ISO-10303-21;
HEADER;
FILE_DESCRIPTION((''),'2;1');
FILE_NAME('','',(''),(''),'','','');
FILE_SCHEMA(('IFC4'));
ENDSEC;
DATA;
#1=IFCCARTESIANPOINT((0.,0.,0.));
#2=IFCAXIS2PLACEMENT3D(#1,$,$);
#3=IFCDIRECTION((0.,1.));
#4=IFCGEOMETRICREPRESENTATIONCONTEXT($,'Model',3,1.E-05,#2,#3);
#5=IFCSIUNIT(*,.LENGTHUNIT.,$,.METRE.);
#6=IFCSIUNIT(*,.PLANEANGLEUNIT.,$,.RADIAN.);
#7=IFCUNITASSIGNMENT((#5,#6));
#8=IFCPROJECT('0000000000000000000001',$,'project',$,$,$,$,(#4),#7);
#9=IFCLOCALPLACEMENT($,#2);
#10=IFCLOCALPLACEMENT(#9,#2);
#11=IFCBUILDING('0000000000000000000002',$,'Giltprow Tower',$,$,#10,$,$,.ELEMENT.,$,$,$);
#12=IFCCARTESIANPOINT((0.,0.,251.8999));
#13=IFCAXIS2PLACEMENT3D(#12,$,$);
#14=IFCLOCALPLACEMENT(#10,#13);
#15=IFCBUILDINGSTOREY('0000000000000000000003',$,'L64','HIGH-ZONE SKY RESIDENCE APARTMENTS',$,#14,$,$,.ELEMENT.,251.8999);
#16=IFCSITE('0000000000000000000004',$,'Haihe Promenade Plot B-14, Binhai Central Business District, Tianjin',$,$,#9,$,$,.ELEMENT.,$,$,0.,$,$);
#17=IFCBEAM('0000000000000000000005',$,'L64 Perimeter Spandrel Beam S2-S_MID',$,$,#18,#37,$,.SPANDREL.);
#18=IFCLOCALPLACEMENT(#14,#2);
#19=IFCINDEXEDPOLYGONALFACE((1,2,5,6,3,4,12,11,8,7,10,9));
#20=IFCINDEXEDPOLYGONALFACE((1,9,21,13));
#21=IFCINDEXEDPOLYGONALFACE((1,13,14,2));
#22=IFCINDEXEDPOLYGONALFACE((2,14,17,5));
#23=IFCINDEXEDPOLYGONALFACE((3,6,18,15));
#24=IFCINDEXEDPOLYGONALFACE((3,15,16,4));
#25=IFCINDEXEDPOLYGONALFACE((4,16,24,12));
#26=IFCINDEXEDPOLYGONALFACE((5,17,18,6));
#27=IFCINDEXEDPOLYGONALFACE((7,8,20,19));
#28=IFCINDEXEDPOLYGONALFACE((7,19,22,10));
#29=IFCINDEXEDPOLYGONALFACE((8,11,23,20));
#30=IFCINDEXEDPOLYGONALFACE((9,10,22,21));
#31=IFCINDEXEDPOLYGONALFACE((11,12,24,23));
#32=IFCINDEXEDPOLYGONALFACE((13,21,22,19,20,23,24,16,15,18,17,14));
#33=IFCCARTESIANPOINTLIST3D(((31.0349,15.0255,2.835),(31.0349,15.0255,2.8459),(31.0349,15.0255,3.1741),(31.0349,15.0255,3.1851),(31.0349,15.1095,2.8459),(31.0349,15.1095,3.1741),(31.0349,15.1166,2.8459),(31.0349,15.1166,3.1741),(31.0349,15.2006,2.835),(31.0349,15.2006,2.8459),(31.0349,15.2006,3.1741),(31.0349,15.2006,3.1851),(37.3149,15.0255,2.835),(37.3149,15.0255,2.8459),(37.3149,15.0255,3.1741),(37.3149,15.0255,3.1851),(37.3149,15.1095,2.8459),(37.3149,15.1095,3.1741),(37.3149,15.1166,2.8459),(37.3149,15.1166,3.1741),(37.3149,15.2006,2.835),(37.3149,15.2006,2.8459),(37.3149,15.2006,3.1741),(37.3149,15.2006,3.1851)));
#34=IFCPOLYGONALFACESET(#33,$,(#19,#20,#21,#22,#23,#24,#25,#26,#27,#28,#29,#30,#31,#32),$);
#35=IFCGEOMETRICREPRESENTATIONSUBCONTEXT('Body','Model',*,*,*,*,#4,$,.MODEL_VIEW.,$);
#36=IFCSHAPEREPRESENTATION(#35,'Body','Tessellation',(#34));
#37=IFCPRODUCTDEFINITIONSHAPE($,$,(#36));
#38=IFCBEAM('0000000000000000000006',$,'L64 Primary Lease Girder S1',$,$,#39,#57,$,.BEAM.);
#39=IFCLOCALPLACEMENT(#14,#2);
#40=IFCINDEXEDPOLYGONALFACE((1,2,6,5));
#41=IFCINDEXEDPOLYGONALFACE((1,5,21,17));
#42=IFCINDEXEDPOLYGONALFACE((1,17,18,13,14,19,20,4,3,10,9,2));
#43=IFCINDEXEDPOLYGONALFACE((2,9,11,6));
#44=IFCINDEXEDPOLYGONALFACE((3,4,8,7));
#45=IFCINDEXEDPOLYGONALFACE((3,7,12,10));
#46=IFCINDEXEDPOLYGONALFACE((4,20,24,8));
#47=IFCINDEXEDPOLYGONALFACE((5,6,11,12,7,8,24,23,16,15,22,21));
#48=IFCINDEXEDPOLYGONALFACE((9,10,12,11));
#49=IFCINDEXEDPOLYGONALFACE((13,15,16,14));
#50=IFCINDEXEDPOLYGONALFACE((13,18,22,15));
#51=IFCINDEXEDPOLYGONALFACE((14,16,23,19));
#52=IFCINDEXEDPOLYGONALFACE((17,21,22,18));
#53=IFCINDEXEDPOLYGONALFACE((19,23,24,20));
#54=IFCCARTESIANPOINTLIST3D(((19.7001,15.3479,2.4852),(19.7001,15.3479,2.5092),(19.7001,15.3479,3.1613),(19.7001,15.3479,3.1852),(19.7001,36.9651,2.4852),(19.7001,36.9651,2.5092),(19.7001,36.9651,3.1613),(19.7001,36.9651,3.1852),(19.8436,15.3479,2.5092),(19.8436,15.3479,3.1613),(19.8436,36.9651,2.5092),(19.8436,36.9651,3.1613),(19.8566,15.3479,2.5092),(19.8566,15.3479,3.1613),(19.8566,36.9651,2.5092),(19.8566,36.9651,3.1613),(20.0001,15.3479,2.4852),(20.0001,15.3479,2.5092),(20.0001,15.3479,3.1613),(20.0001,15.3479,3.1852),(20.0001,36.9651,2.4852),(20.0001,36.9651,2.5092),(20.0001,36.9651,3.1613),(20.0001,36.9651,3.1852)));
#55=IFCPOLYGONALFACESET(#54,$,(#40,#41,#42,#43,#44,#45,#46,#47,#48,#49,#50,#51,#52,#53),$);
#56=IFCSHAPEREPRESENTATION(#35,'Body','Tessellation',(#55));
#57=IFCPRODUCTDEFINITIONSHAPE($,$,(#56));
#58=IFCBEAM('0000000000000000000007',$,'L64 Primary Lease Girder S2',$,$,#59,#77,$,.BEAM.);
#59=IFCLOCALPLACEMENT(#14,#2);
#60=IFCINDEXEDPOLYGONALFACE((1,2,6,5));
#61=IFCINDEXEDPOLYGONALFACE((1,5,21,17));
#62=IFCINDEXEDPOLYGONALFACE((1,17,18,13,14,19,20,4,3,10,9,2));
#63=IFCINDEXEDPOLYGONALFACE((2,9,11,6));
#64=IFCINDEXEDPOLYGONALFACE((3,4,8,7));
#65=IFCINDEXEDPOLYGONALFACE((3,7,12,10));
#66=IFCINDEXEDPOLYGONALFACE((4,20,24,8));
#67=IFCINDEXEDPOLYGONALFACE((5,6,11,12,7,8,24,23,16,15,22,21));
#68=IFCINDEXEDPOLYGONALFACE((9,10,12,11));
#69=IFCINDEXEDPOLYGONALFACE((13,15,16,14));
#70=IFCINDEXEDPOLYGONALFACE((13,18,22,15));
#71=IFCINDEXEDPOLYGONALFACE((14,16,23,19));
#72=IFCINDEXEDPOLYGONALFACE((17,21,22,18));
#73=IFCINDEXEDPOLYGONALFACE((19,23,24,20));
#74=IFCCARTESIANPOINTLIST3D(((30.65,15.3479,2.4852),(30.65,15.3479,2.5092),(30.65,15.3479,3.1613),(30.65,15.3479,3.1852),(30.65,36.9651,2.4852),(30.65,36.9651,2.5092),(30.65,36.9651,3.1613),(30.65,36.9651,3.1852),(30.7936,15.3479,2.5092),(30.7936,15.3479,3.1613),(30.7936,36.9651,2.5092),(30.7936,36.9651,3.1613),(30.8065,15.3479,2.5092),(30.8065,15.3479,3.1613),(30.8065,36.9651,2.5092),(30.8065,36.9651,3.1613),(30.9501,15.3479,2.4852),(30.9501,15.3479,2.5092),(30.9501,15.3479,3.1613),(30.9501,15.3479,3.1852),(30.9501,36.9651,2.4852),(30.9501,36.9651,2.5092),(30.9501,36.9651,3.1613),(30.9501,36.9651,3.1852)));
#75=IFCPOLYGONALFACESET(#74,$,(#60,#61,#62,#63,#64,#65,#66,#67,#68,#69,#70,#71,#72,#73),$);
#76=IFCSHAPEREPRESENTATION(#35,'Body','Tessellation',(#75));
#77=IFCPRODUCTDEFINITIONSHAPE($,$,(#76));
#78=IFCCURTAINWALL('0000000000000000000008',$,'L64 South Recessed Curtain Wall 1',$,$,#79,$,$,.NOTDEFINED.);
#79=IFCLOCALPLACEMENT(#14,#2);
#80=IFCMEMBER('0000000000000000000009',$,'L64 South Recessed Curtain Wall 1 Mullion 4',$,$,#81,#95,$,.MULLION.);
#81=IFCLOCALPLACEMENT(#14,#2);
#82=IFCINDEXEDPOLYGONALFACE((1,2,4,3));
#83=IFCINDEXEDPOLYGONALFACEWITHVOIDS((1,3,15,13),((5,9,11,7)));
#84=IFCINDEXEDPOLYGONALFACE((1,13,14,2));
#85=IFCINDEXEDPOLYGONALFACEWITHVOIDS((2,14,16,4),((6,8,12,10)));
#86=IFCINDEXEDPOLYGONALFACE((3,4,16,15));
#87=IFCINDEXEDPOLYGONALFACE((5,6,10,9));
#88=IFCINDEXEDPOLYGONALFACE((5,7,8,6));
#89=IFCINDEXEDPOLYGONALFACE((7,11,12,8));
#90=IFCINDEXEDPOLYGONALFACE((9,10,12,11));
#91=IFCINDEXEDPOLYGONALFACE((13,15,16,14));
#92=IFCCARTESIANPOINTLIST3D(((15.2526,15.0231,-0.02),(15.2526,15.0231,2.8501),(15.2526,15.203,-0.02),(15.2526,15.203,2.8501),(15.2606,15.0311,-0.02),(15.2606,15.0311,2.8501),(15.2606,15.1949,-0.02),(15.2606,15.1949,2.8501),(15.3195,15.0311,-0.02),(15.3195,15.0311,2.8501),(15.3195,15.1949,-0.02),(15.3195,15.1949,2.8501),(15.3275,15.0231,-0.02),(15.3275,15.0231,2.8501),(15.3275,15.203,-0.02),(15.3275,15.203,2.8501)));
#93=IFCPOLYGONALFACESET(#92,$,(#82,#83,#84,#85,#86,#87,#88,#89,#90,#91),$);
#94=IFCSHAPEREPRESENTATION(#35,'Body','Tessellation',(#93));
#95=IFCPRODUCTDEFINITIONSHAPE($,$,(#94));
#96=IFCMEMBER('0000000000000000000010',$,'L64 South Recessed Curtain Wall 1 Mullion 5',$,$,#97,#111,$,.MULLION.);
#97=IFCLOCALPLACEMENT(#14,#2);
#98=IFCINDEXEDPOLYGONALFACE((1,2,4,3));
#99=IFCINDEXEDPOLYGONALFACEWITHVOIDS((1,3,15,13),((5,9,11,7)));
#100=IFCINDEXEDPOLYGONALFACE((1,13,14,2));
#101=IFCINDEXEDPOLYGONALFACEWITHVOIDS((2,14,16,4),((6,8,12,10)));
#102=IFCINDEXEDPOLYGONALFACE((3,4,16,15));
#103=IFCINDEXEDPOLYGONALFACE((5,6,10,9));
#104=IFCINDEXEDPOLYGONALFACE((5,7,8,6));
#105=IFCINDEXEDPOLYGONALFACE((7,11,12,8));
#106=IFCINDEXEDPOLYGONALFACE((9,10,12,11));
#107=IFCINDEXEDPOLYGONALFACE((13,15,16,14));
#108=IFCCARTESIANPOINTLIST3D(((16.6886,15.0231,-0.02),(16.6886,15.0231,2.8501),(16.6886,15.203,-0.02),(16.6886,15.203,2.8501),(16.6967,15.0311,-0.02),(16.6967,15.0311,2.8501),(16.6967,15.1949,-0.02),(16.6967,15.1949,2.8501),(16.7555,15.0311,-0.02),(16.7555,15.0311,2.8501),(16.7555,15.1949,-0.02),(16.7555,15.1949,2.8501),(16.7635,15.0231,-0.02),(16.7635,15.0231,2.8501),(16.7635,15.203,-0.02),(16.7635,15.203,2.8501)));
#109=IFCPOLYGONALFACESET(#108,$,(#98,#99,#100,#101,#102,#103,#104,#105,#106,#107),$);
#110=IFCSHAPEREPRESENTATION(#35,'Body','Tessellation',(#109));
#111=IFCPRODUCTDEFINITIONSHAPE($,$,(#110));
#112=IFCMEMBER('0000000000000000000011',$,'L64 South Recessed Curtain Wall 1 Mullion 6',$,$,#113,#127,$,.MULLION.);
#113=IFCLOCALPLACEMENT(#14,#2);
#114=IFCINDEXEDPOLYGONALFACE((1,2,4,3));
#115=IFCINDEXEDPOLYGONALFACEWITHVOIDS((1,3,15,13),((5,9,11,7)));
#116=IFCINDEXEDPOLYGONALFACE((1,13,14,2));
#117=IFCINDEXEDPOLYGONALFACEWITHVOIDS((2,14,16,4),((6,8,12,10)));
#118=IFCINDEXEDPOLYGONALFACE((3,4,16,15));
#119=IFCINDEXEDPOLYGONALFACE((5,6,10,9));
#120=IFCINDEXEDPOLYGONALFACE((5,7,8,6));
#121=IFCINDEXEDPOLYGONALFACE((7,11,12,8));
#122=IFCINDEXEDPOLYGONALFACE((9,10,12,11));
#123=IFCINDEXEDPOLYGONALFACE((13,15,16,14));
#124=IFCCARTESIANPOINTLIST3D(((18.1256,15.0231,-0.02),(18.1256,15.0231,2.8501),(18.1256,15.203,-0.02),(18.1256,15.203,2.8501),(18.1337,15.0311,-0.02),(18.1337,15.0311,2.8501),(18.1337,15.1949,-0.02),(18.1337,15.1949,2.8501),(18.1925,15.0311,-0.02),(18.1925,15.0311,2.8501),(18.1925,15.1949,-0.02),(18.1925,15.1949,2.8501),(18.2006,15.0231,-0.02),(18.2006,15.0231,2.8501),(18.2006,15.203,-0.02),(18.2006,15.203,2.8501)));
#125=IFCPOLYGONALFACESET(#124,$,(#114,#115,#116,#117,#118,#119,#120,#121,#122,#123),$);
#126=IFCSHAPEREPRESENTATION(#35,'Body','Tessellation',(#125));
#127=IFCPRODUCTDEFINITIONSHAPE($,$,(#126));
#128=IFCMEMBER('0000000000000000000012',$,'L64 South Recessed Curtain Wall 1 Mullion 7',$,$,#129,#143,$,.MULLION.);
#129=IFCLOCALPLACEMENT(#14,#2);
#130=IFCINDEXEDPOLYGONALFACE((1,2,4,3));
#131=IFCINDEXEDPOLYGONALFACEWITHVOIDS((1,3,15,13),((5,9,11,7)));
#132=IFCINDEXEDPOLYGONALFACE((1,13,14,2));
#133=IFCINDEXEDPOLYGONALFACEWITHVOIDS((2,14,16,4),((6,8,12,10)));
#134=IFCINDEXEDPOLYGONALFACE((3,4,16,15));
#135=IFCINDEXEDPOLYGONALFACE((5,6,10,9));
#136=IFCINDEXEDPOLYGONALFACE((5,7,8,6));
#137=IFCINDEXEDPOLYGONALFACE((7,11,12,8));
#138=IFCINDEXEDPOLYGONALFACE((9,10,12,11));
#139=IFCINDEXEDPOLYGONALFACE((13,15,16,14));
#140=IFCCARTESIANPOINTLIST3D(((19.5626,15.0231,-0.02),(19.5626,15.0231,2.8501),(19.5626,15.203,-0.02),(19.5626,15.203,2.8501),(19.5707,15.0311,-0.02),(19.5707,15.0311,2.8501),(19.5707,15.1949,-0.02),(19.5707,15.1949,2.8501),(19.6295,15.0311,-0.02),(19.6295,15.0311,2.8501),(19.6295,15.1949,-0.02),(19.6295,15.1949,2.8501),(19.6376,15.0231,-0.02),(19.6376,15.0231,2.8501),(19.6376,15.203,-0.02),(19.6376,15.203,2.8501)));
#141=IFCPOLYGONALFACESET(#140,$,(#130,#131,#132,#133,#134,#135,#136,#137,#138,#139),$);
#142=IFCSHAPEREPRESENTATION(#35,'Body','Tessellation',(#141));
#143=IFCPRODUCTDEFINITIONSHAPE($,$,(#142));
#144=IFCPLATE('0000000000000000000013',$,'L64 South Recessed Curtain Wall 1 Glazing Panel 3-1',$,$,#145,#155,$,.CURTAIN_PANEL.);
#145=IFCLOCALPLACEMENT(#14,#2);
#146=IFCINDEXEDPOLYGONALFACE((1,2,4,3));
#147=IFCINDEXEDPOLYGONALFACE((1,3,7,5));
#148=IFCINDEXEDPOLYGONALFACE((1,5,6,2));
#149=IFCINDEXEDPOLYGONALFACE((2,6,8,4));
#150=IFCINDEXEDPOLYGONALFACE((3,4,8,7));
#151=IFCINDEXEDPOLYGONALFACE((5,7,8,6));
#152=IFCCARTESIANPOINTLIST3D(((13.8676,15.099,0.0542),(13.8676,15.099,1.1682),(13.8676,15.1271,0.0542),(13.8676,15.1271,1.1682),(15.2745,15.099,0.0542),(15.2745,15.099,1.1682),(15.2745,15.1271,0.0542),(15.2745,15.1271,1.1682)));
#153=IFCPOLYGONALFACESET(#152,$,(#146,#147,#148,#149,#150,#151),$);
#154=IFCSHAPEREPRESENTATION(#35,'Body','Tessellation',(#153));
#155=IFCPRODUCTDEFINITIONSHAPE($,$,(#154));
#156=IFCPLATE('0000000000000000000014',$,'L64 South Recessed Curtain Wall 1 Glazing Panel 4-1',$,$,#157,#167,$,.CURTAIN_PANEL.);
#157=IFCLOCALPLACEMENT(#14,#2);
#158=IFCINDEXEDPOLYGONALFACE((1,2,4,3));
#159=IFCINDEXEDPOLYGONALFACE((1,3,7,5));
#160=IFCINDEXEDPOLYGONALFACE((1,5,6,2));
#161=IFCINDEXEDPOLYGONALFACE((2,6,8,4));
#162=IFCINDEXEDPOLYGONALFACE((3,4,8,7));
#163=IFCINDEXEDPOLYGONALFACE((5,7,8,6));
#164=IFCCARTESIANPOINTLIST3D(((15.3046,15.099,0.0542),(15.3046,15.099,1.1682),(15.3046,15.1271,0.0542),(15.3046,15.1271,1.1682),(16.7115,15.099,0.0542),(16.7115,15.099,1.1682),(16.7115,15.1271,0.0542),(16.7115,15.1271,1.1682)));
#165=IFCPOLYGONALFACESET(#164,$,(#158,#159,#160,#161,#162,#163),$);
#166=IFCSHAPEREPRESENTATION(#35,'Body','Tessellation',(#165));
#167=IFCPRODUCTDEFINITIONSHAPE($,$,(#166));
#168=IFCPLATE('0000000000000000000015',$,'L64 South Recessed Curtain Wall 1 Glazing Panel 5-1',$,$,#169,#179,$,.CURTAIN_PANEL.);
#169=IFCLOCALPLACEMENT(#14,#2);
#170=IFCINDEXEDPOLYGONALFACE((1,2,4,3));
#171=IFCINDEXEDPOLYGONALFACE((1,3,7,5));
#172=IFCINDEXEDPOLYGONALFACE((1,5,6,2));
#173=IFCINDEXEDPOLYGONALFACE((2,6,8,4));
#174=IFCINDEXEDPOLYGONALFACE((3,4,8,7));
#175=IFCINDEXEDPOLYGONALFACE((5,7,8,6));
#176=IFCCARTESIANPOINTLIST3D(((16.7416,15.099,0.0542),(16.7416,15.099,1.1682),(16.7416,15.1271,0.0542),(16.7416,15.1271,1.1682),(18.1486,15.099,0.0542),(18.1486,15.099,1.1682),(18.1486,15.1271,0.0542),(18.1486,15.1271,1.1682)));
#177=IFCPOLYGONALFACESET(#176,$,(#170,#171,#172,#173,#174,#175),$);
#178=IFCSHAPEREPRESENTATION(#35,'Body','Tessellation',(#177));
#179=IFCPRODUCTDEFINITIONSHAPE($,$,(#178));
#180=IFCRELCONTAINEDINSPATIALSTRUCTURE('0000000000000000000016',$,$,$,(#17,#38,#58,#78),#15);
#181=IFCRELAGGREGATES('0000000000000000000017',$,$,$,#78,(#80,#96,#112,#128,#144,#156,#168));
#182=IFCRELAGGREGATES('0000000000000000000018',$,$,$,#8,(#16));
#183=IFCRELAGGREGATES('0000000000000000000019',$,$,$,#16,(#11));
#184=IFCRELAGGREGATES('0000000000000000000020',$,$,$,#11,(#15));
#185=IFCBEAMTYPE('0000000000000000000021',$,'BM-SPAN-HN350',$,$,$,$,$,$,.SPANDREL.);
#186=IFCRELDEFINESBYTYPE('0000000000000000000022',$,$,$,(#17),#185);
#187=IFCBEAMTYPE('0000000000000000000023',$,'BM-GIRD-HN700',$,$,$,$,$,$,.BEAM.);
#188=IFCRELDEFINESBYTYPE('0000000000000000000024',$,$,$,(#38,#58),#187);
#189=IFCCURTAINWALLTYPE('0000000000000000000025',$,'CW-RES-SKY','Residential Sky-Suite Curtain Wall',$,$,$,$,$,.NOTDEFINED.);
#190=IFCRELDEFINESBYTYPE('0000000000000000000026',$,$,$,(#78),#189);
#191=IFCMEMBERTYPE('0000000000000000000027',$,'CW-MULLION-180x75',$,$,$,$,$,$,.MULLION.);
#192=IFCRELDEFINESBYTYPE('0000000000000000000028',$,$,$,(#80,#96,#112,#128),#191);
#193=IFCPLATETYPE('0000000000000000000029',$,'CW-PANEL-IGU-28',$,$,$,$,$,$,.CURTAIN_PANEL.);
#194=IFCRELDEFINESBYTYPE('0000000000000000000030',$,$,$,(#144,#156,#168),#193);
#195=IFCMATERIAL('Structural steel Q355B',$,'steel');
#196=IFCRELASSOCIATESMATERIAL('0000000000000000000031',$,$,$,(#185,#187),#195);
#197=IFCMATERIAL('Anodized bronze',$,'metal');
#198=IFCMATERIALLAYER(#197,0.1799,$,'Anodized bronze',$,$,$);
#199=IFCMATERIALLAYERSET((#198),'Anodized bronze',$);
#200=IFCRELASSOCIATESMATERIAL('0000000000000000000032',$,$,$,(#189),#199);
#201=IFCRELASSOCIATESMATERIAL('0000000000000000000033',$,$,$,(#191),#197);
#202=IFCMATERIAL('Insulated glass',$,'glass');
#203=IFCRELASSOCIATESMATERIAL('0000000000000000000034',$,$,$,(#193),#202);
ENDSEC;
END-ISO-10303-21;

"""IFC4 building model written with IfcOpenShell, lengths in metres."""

from ifc_helpers import new_model, si_unit, direction, frame, origin, origin_2d, place, context, subcontext, project, spatial, rectangle, hollow_rectangle, i_section, extrude, source, transform, mapped, material, layer, layer_set, material_profile, profile_set, type_object, element, aggregate, save


model = new_model("IFC4")

# Units and contexts
model_context = context("Model", 3, precision=1e-05, world=origin(), true_north=direction((0.0, 1.0)))
body_context = subcontext(model_context, "Body", "Model", "MODEL_VIEW")
ifc_project = project(units=[si_unit("LENGTHUNIT", "METRE"), si_unit("PLANEANGLEUNIT", "RADIAN")], contexts=[model_context])

# Site, building, storey
site_placement = place(None, origin())
site = spatial("IfcSite", under=ifc_project, at=site_placement, Name="Haihe Promenade Plot B-14, Binhai Central Business District, Tianjin", CompositionType="ELEMENT", RefElevation=0.0)
building_placement = place(site_placement, origin())
building = spatial("IfcBuilding", under=site, at=building_placement, Name="Giltprow Tower", CompositionType="ELEMENT")
storey_placement = place(building_placement, frame((0.0, 0.0, 251.8999)))
storey = spatial("IfcBuildingStorey", under=building, at=storey_placement, Name="L64", Description="HIGH-ZONE SKY RESIDENCE APARTMENTS", CompositionType="ELEMENT", Elevation=251.8999)

# Shared definitions
ifc_material_1 = material(Name="Structural steel Q355B", Category="steel")

# Beams
ifc_material_profile_1 = material_profile(ifc_material_1, i_section(OverallWidth=0.175, OverallDepth=0.3501, WebThickness=0.0071, FlangeThickness=0.011, at=origin_2d()), Name="HN 350x175x7x11")
ifc_profile_set_1 = profile_set([ifc_material_profile_1], Name="Structural steel Q355B")
beam_type_1 = type_object("IfcBeamType", Name="BM-SPAN-HN350", PredefinedType="SPANDREL", material=ifc_profile_set_1)
shared_shape_1 = source(origin(), body_context, "Body", "SweptSolid", [
    extrude(i_section(OverallWidth=0.175, OverallDepth=0.3501, WebThickness=0.0071, FlangeThickness=0.011, at=origin_2d()), origin(), (0.0, 0.0, 1.0), 6.28),
])
beam_1_placement = place(storey_placement, frame((31.0349, 15.113, 3.01), z_axis=(1.0, 0.0, 0.0), x_axis=(0.0, 1.0, 0.0)))
element("IfcBeam", 1, at=beam_1_placement, inside=storey, type_object=beam_type_1, Name="L64 Perimeter Spandrel Beam S2-S_MID", PredefinedType="SPANDREL", context=body_context, shape_type="MappedRepresentation", body=[
    mapped(shared_shape_1, transform((0.0, 0.0, 0.0), x_axis=(1.0, 0.0, 0.0), y_axis=(0.0, 1.0, 0.0), z_axis=(0.0, 0.0, 1.0), scale=1.0)),
])
ifc_material_profile_2 = material_profile(ifc_material_1, i_section(OverallWidth=0.3, OverallDepth=0.7, WebThickness=0.0129, FlangeThickness=0.0239, at=origin_2d()), Name="HN 700x300x13x24")
ifc_profile_set_2 = profile_set([ifc_material_profile_2], Name="Structural steel Q355B")
beam_type_2 = type_object("IfcBeamType", Name="BM-GIRD-HN700", PredefinedType="BEAM", material=ifc_profile_set_2)
shared_shape_2 = source(origin(), body_context, "Body", "SweptSolid", [
    extrude(i_section(OverallWidth=0.3, OverallDepth=0.7, WebThickness=0.0129, FlangeThickness=0.0239, at=origin_2d()), origin(), (0.0, 0.0, 1.0), 21.6172),
])
for number, where, z_axis, x_axis, name in (
    (2, (19.8501, 15.3479, 2.8352), (0.0, 1.0, 0.0), (-1.0, 0.0, 0.0), "L64 Primary Lease Girder S1"),
    (3, (30.8, 15.3479, 2.8352), (0.0, 1.0, 0.0), (-1.0, 0.0, 0.0), "L64 Primary Lease Girder S2"),
):
    element("IfcBeam", number, at=place(storey_placement, frame(where, z_axis=z_axis, x_axis=x_axis)), inside=storey, type_object=beam_type_2, Name=name, PredefinedType="BEAM", context=body_context, shape_type="MappedRepresentation", body=[
        mapped(shared_shape_2, transform((0.0, 0.0, 0.0), x_axis=(1.0, 0.0, 0.0), y_axis=(0.0, 1.0, 0.0), z_axis=(0.0, 0.0, 1.0), scale=1.0)),
    ])

# Curtain wall, members, plates
ifc_material_2 = material(Name="Anodized bronze", Category="metal")
ifc_layer_1 = layer(ifc_material_2, 0.1799, Name="Anodized bronze")
ifc_layer_set_1 = layer_set([ifc_layer_1], Name="Anodized bronze")
curtain_wall_type = type_object("IfcCurtainWallType", Name="CW-RES-SKY", Description="Residential Sky-Suite Curtain Wall", PredefinedType="NOTDEFINED", material=ifc_layer_set_1)
curtain_wall_placement = place(storey_placement, origin())
curtain_wall = element("IfcCurtainWall", 4, at=curtain_wall_placement, inside=storey, type_object=curtain_wall_type, Name="L64 South Recessed Curtain Wall 1", PredefinedType="NOTDEFINED")
ifc_material_profile_3 = material_profile(ifc_material_2, hollow_rectangle(XDim=0.075, YDim=0.1799, WallThickness=0.0081, at=origin_2d()), Name="RHS 180x75x8")
ifc_profile_set_3 = profile_set([ifc_material_profile_3], Name="Anodized bronze")
member_type = type_object("IfcMemberType", Name="CW-MULLION-180x75", PredefinedType="MULLION", material=ifc_profile_set_3)
shared_shape_3 = source(origin(), body_context, "Body", "SweptSolid", [
    extrude(hollow_rectangle(XDim=0.075, YDim=0.1799, WallThickness=0.0081, at=origin_2d()), origin(), (0.0, 0.0, 1.0), 2.8701),
])
member_1_placement = place(storey_placement, frame((15.29, 15.113, -0.02), z_axis=(0.0, 0.0, 1.0), x_axis=(1.0, 0.0, 0.0)))
member_1 = element("IfcMember", 5, at=member_1_placement, type_object=member_type, Name="L64 South Recessed Curtain Wall 1 Mullion 4", PredefinedType="MULLION", context=body_context, shape_type="MappedRepresentation", body=[
    mapped(shared_shape_3, transform((0.0, 0.0, 0.0), x_axis=(1.0, 0.0, 0.0), y_axis=(0.0, 1.0, 0.0), z_axis=(0.0, 0.0, 1.0), scale=1.0)),
])
member_2_placement = place(storey_placement, frame((16.7261, 15.113, -0.02), z_axis=(0.0, 0.0, 1.0), x_axis=(1.0, 0.0, 0.0)))
member_2 = element("IfcMember", 6, at=member_2_placement, type_object=member_type, Name="L64 South Recessed Curtain Wall 1 Mullion 5", PredefinedType="MULLION", context=body_context, shape_type="MappedRepresentation", body=[
    mapped(shared_shape_3, transform((0.0, 0.0, 0.0), x_axis=(1.0, 0.0, 0.0), y_axis=(0.0, 1.0, 0.0), z_axis=(0.0, 0.0, 1.0), scale=1.0)),
])
member_3_placement = place(storey_placement, frame((18.1631, 15.113, -0.02), z_axis=(0.0, 0.0, 1.0), x_axis=(1.0, 0.0, 0.0)))
member_3 = element("IfcMember", 7, at=member_3_placement, type_object=member_type, Name="L64 South Recessed Curtain Wall 1 Mullion 6", PredefinedType="MULLION", context=body_context, shape_type="MappedRepresentation", body=[
    mapped(shared_shape_3, transform((0.0, 0.0, 0.0), x_axis=(1.0, 0.0, 0.0), y_axis=(0.0, 1.0, 0.0), z_axis=(0.0, 0.0, 1.0), scale=1.0)),
])
member_4_placement = place(storey_placement, frame((19.6001, 15.113, -0.02), z_axis=(0.0, 0.0, 1.0), x_axis=(1.0, 0.0, 0.0)))
member_4 = element("IfcMember", 8, at=member_4_placement, type_object=member_type, Name="L64 South Recessed Curtain Wall 1 Mullion 7", PredefinedType="MULLION", context=body_context, shape_type="MappedRepresentation", body=[
    mapped(shared_shape_3, transform((0.0, 0.0, 0.0), x_axis=(1.0, 0.0, 0.0), y_axis=(0.0, 1.0, 0.0), z_axis=(0.0, 0.0, 1.0), scale=1.0)),
])
ifc_material_3 = material(Name="Insulated glass", Category="glass")
plate_type = type_object("IfcPlateType", Name="CW-PANEL-IGU-28", PredefinedType="CURTAIN_PANEL", material=ifc_material_3)
shared_shape_4 = source(origin(), body_context, "Body", "SweptSolid", [
    extrude(rectangle(XDim=1.407, YDim=0.0281, at=origin_2d()), origin(), (0.0, 0.0, 1.0), 1.114),
])
plate_1_placement = place(storey_placement, frame((14.571, 15.113, 0.0542), z_axis=(0.0, 0.0, 1.0), x_axis=(1.0, 0.0, 0.0)))
plate_1 = element("IfcPlate", 9, at=plate_1_placement, type_object=plate_type, Name="L64 South Recessed Curtain Wall 1 Glazing Panel 3-1", PredefinedType="CURTAIN_PANEL", context=body_context, shape_type="MappedRepresentation", body=[
    mapped(shared_shape_4, transform((0.0, 0.0, 0.0), x_axis=(1.0, 0.0, 0.0), y_axis=(0.0, 1.0, 0.0), z_axis=(0.0, 0.0, 1.0), scale=1.0)),
])
plate_2_placement = place(storey_placement, frame((16.0081, 15.113, 0.0542), z_axis=(0.0, 0.0, 1.0), x_axis=(1.0, 0.0, 0.0)))
plate_2 = element("IfcPlate", 10, at=plate_2_placement, type_object=plate_type, Name="L64 South Recessed Curtain Wall 1 Glazing Panel 4-1", PredefinedType="CURTAIN_PANEL", context=body_context, shape_type="MappedRepresentation", body=[
    mapped(shared_shape_4, transform((0.0, 0.0, 0.0), x_axis=(1.0, 0.0, 0.0), y_axis=(0.0, 1.0, 0.0), z_axis=(0.0, 0.0, 1.0), scale=1.0)),
])
plate_3_placement = place(storey_placement, frame((17.4451, 15.113, 0.0542), z_axis=(0.0, 0.0, 1.0), x_axis=(1.0, 0.0, 0.0)))
plate_3 = element("IfcPlate", 11, at=plate_3_placement, type_object=plate_type, Name="L64 South Recessed Curtain Wall 1 Glazing Panel 5-1", PredefinedType="CURTAIN_PANEL", context=body_context, shape_type="MappedRepresentation", body=[
    mapped(shared_shape_4, transform((0.0, 0.0, 0.0), x_axis=(1.0, 0.0, 0.0), y_axis=(0.0, 1.0, 0.0), z_axis=(0.0, 0.0, 1.0), scale=1.0)),
])
aggregate(curtain_wall, [member_1, member_2, member_3, member_4, plate_1, plate_2, plate_3])

save(model, "model.ifc")
